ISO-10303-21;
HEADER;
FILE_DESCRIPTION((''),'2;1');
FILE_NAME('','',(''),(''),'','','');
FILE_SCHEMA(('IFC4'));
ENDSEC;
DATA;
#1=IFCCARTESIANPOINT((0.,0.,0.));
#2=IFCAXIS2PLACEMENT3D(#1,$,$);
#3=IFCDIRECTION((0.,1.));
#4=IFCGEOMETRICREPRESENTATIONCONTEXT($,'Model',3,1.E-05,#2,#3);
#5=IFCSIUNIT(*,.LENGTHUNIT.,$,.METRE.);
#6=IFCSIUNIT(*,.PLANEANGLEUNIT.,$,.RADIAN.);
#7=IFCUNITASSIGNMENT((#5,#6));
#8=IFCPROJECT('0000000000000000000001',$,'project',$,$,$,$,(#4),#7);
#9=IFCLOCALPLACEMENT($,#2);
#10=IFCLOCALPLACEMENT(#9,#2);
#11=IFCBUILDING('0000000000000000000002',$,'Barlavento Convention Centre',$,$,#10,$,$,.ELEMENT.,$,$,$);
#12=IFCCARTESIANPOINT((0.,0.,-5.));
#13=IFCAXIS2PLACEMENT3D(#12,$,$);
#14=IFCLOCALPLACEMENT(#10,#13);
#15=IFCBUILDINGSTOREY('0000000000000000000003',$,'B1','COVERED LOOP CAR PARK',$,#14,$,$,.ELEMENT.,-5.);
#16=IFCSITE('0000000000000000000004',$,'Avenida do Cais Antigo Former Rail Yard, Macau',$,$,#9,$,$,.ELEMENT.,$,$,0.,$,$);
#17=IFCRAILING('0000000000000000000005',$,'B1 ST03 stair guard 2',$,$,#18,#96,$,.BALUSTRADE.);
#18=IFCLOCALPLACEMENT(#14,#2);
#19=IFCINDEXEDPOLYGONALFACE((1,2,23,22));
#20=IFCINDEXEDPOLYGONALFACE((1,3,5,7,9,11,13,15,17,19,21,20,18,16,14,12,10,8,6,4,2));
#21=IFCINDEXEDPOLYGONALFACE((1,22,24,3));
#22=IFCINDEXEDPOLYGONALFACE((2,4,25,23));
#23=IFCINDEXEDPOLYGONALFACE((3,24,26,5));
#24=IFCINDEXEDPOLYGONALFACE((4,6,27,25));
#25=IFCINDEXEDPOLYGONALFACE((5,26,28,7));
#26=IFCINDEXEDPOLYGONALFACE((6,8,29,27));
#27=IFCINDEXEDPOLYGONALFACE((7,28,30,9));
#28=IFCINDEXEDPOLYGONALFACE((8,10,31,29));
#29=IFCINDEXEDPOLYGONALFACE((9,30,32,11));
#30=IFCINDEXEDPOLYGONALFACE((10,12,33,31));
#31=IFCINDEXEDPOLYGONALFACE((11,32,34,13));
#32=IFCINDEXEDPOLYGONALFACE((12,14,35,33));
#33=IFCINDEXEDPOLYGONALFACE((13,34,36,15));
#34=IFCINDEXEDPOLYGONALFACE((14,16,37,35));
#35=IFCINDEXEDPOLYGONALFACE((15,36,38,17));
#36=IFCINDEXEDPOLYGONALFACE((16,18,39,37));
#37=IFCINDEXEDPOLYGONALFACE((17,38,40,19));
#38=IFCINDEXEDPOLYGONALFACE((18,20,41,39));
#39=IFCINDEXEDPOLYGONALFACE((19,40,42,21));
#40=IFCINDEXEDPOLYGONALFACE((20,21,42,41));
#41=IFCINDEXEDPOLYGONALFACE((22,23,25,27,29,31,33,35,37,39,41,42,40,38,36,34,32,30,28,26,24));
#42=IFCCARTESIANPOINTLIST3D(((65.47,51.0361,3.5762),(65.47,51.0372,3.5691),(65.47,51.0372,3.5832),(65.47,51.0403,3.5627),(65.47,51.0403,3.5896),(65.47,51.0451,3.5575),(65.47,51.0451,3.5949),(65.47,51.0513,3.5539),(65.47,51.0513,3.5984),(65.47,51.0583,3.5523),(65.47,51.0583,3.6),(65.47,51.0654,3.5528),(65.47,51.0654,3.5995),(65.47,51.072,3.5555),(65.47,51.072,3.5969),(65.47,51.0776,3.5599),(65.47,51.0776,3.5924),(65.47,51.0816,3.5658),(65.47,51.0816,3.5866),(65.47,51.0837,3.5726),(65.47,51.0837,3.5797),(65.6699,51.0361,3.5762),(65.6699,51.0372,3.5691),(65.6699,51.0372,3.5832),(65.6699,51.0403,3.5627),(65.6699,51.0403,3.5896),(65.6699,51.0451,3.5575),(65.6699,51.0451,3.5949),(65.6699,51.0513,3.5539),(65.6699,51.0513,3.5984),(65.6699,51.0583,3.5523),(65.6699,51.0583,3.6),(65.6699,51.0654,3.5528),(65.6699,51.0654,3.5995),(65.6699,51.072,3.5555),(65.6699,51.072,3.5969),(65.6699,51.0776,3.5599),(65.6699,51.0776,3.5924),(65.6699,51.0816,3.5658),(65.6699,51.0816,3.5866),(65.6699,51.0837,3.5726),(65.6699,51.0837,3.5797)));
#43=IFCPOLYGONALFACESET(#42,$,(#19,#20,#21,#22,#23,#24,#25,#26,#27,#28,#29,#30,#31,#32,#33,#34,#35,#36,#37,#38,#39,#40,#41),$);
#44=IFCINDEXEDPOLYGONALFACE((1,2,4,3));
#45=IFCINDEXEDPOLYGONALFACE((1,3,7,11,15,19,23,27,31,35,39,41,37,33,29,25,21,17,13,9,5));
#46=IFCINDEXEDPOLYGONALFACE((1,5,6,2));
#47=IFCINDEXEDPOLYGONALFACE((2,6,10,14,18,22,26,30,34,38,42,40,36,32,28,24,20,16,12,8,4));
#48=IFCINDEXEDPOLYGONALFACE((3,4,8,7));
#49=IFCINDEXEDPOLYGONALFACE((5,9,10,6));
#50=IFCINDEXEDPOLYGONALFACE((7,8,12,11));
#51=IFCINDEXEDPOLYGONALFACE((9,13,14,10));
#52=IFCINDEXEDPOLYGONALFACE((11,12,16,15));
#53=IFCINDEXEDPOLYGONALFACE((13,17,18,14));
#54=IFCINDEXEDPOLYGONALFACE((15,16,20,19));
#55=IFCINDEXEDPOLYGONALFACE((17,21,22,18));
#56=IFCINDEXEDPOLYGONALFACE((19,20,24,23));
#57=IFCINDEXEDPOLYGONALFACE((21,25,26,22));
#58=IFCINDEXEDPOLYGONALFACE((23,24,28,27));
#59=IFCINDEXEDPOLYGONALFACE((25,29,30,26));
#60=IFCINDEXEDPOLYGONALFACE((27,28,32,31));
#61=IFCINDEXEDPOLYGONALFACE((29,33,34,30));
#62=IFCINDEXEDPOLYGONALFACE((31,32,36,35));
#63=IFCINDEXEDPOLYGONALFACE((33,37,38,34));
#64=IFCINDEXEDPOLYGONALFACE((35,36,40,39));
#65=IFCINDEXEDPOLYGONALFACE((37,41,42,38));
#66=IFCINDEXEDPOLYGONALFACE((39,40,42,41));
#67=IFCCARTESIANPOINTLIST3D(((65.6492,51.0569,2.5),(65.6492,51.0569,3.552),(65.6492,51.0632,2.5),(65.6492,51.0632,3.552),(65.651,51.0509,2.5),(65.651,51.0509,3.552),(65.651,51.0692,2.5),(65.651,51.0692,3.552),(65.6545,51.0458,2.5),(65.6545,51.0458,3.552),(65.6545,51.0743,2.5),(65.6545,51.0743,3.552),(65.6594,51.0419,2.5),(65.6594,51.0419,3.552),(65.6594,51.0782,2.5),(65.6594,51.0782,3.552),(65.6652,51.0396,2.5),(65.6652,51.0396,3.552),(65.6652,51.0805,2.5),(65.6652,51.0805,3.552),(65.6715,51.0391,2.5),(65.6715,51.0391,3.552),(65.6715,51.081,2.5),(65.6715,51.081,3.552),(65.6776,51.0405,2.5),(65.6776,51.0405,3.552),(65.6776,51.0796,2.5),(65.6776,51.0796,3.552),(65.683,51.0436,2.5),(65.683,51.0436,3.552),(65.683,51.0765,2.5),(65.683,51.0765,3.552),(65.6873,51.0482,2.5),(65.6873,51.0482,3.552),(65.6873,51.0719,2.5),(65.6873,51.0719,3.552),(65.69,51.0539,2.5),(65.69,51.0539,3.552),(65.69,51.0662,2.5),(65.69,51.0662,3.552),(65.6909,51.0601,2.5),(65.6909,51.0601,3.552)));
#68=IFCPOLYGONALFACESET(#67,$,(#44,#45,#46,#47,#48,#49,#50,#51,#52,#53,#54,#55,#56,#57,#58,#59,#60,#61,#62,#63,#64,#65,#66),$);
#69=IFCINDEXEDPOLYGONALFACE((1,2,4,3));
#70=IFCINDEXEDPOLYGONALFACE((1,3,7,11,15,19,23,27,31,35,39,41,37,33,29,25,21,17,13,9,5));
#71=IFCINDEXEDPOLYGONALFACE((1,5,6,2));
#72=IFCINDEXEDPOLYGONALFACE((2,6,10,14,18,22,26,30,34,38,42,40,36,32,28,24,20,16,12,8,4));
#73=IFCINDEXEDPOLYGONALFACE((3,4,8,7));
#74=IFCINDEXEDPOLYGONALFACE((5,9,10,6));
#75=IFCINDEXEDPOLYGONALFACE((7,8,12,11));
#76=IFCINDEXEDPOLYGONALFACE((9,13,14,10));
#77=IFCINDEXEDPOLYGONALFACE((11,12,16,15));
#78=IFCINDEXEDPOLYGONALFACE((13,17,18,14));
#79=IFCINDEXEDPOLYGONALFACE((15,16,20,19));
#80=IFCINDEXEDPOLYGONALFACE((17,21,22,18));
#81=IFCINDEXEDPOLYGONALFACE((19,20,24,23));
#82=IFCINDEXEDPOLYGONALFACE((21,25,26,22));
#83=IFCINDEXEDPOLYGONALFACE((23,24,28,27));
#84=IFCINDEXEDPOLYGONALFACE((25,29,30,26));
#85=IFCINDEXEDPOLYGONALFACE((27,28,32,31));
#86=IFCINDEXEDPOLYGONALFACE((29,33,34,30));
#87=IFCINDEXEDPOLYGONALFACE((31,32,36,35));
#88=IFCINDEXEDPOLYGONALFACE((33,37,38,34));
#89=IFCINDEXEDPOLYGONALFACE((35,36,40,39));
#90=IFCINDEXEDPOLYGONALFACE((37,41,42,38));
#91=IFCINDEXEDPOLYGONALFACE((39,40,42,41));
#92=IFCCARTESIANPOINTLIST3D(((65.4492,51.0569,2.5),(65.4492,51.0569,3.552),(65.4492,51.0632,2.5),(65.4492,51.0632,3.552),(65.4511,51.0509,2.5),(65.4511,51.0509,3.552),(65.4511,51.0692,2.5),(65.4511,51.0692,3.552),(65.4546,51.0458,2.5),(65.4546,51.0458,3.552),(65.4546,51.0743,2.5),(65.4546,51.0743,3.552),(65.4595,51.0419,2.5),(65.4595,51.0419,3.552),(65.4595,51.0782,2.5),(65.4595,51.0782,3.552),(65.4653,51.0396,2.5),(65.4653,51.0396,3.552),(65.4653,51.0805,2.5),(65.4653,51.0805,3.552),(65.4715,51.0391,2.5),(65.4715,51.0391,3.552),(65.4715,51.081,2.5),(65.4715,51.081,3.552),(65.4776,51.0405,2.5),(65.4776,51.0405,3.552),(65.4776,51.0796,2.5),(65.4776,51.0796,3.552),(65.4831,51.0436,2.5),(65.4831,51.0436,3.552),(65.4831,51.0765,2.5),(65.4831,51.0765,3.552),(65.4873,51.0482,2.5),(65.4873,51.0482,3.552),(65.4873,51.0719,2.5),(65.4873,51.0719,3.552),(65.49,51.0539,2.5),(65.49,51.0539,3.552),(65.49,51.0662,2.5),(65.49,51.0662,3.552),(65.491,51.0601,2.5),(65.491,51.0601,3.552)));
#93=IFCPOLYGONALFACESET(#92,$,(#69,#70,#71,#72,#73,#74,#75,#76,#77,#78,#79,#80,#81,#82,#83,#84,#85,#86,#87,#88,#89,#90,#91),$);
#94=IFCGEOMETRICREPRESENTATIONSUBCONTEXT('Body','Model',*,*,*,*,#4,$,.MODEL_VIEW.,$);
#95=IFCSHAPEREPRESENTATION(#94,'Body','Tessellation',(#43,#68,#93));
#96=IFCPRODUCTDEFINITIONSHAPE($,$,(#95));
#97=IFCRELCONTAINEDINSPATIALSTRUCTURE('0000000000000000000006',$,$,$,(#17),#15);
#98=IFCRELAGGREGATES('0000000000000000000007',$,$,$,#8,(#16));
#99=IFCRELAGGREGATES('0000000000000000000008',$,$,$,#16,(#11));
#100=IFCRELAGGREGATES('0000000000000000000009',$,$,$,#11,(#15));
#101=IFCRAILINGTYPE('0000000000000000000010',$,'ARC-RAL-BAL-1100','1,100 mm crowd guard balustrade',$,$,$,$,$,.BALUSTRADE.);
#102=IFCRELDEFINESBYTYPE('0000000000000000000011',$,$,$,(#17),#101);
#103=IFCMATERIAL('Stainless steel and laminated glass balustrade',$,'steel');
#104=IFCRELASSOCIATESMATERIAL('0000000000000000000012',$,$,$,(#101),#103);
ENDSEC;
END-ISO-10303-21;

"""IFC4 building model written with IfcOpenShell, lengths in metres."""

from ifc_helpers import new_model, si_unit, direction, frame, origin, origin_2d, place, context, subcontext, project, spatial, circle, extrude, material, type_object, element, save


model = new_model("IFC4")

# Units and contexts
model_context = context("Model", 3, precision=1e-05, world=origin(), true_north=direction((0.0, 1.0)))
body_context = subcontext(model_context, "Body", "Model", "MODEL_VIEW")
ifc_project = project(units=[si_unit("LENGTHUNIT", "METRE"), si_unit("PLANEANGLEUNIT", "RADIAN")], contexts=[model_context])

# Site, building, storey
site_placement = place(None, origin())
site = spatial("IfcSite", under=ifc_project, at=site_placement, Name="Avenida do Cais Antigo Former Rail Yard, Macau", CompositionType="ELEMENT", RefElevation=0.0)
building_placement = place(site_placement, origin())
building = spatial("IfcBuilding", under=site, at=building_placement, Name="Barlavento Convention Centre", CompositionType="ELEMENT")
storey_placement = place(building_placement, frame((0.0, 0.0, -5.0)))
storey = spatial("IfcBuildingStorey", under=building, at=storey_placement, Name="B1", Description="COVERED LOOP CAR PARK", CompositionType="ELEMENT", Elevation=-5.0)

# Railing
ifc_material_1 = material(Name="Stainless steel and laminated glass balustrade", Category="steel")
railing_type_1 = type_object("IfcRailingType", Name="ARC-RAL-BAL-1100", Description="1,100 mm crowd guard balustrade", PredefinedType="BALUSTRADE", material=ifc_material_1)
railing_1_placement = place(storey_placement, frame((65.6699, 51.0601, 2.5)))
element("IfcRailing", 1, at=railing_1_placement, inside=storey, type_object=railing_type_1, Name="B1 ST03 stair guard 2", PredefinedType="BALUSTRADE", context=body_context, shape_type="SweptSolid", body=[
    extrude(circle(Radius=0.0239, at=origin_2d()), frame((0.0, 0.0, 1.0762), z_axis=(-1.0, 0.0, 0.0), x_axis=(0.0, -1.0, 0.0)), (0.0, 0.0, 1.0), 0.2),
    extrude(circle(Radius=0.021, at=origin_2d()), origin(), (0.0, 0.0, 1.0), 1.052),
    extrude(circle(Radius=0.021, at=origin_2d()), frame((-0.2, 0.0, 0.0)), (0.0, 0.0, 1.0), 1.052),
])

save(model, "model.ifc")
